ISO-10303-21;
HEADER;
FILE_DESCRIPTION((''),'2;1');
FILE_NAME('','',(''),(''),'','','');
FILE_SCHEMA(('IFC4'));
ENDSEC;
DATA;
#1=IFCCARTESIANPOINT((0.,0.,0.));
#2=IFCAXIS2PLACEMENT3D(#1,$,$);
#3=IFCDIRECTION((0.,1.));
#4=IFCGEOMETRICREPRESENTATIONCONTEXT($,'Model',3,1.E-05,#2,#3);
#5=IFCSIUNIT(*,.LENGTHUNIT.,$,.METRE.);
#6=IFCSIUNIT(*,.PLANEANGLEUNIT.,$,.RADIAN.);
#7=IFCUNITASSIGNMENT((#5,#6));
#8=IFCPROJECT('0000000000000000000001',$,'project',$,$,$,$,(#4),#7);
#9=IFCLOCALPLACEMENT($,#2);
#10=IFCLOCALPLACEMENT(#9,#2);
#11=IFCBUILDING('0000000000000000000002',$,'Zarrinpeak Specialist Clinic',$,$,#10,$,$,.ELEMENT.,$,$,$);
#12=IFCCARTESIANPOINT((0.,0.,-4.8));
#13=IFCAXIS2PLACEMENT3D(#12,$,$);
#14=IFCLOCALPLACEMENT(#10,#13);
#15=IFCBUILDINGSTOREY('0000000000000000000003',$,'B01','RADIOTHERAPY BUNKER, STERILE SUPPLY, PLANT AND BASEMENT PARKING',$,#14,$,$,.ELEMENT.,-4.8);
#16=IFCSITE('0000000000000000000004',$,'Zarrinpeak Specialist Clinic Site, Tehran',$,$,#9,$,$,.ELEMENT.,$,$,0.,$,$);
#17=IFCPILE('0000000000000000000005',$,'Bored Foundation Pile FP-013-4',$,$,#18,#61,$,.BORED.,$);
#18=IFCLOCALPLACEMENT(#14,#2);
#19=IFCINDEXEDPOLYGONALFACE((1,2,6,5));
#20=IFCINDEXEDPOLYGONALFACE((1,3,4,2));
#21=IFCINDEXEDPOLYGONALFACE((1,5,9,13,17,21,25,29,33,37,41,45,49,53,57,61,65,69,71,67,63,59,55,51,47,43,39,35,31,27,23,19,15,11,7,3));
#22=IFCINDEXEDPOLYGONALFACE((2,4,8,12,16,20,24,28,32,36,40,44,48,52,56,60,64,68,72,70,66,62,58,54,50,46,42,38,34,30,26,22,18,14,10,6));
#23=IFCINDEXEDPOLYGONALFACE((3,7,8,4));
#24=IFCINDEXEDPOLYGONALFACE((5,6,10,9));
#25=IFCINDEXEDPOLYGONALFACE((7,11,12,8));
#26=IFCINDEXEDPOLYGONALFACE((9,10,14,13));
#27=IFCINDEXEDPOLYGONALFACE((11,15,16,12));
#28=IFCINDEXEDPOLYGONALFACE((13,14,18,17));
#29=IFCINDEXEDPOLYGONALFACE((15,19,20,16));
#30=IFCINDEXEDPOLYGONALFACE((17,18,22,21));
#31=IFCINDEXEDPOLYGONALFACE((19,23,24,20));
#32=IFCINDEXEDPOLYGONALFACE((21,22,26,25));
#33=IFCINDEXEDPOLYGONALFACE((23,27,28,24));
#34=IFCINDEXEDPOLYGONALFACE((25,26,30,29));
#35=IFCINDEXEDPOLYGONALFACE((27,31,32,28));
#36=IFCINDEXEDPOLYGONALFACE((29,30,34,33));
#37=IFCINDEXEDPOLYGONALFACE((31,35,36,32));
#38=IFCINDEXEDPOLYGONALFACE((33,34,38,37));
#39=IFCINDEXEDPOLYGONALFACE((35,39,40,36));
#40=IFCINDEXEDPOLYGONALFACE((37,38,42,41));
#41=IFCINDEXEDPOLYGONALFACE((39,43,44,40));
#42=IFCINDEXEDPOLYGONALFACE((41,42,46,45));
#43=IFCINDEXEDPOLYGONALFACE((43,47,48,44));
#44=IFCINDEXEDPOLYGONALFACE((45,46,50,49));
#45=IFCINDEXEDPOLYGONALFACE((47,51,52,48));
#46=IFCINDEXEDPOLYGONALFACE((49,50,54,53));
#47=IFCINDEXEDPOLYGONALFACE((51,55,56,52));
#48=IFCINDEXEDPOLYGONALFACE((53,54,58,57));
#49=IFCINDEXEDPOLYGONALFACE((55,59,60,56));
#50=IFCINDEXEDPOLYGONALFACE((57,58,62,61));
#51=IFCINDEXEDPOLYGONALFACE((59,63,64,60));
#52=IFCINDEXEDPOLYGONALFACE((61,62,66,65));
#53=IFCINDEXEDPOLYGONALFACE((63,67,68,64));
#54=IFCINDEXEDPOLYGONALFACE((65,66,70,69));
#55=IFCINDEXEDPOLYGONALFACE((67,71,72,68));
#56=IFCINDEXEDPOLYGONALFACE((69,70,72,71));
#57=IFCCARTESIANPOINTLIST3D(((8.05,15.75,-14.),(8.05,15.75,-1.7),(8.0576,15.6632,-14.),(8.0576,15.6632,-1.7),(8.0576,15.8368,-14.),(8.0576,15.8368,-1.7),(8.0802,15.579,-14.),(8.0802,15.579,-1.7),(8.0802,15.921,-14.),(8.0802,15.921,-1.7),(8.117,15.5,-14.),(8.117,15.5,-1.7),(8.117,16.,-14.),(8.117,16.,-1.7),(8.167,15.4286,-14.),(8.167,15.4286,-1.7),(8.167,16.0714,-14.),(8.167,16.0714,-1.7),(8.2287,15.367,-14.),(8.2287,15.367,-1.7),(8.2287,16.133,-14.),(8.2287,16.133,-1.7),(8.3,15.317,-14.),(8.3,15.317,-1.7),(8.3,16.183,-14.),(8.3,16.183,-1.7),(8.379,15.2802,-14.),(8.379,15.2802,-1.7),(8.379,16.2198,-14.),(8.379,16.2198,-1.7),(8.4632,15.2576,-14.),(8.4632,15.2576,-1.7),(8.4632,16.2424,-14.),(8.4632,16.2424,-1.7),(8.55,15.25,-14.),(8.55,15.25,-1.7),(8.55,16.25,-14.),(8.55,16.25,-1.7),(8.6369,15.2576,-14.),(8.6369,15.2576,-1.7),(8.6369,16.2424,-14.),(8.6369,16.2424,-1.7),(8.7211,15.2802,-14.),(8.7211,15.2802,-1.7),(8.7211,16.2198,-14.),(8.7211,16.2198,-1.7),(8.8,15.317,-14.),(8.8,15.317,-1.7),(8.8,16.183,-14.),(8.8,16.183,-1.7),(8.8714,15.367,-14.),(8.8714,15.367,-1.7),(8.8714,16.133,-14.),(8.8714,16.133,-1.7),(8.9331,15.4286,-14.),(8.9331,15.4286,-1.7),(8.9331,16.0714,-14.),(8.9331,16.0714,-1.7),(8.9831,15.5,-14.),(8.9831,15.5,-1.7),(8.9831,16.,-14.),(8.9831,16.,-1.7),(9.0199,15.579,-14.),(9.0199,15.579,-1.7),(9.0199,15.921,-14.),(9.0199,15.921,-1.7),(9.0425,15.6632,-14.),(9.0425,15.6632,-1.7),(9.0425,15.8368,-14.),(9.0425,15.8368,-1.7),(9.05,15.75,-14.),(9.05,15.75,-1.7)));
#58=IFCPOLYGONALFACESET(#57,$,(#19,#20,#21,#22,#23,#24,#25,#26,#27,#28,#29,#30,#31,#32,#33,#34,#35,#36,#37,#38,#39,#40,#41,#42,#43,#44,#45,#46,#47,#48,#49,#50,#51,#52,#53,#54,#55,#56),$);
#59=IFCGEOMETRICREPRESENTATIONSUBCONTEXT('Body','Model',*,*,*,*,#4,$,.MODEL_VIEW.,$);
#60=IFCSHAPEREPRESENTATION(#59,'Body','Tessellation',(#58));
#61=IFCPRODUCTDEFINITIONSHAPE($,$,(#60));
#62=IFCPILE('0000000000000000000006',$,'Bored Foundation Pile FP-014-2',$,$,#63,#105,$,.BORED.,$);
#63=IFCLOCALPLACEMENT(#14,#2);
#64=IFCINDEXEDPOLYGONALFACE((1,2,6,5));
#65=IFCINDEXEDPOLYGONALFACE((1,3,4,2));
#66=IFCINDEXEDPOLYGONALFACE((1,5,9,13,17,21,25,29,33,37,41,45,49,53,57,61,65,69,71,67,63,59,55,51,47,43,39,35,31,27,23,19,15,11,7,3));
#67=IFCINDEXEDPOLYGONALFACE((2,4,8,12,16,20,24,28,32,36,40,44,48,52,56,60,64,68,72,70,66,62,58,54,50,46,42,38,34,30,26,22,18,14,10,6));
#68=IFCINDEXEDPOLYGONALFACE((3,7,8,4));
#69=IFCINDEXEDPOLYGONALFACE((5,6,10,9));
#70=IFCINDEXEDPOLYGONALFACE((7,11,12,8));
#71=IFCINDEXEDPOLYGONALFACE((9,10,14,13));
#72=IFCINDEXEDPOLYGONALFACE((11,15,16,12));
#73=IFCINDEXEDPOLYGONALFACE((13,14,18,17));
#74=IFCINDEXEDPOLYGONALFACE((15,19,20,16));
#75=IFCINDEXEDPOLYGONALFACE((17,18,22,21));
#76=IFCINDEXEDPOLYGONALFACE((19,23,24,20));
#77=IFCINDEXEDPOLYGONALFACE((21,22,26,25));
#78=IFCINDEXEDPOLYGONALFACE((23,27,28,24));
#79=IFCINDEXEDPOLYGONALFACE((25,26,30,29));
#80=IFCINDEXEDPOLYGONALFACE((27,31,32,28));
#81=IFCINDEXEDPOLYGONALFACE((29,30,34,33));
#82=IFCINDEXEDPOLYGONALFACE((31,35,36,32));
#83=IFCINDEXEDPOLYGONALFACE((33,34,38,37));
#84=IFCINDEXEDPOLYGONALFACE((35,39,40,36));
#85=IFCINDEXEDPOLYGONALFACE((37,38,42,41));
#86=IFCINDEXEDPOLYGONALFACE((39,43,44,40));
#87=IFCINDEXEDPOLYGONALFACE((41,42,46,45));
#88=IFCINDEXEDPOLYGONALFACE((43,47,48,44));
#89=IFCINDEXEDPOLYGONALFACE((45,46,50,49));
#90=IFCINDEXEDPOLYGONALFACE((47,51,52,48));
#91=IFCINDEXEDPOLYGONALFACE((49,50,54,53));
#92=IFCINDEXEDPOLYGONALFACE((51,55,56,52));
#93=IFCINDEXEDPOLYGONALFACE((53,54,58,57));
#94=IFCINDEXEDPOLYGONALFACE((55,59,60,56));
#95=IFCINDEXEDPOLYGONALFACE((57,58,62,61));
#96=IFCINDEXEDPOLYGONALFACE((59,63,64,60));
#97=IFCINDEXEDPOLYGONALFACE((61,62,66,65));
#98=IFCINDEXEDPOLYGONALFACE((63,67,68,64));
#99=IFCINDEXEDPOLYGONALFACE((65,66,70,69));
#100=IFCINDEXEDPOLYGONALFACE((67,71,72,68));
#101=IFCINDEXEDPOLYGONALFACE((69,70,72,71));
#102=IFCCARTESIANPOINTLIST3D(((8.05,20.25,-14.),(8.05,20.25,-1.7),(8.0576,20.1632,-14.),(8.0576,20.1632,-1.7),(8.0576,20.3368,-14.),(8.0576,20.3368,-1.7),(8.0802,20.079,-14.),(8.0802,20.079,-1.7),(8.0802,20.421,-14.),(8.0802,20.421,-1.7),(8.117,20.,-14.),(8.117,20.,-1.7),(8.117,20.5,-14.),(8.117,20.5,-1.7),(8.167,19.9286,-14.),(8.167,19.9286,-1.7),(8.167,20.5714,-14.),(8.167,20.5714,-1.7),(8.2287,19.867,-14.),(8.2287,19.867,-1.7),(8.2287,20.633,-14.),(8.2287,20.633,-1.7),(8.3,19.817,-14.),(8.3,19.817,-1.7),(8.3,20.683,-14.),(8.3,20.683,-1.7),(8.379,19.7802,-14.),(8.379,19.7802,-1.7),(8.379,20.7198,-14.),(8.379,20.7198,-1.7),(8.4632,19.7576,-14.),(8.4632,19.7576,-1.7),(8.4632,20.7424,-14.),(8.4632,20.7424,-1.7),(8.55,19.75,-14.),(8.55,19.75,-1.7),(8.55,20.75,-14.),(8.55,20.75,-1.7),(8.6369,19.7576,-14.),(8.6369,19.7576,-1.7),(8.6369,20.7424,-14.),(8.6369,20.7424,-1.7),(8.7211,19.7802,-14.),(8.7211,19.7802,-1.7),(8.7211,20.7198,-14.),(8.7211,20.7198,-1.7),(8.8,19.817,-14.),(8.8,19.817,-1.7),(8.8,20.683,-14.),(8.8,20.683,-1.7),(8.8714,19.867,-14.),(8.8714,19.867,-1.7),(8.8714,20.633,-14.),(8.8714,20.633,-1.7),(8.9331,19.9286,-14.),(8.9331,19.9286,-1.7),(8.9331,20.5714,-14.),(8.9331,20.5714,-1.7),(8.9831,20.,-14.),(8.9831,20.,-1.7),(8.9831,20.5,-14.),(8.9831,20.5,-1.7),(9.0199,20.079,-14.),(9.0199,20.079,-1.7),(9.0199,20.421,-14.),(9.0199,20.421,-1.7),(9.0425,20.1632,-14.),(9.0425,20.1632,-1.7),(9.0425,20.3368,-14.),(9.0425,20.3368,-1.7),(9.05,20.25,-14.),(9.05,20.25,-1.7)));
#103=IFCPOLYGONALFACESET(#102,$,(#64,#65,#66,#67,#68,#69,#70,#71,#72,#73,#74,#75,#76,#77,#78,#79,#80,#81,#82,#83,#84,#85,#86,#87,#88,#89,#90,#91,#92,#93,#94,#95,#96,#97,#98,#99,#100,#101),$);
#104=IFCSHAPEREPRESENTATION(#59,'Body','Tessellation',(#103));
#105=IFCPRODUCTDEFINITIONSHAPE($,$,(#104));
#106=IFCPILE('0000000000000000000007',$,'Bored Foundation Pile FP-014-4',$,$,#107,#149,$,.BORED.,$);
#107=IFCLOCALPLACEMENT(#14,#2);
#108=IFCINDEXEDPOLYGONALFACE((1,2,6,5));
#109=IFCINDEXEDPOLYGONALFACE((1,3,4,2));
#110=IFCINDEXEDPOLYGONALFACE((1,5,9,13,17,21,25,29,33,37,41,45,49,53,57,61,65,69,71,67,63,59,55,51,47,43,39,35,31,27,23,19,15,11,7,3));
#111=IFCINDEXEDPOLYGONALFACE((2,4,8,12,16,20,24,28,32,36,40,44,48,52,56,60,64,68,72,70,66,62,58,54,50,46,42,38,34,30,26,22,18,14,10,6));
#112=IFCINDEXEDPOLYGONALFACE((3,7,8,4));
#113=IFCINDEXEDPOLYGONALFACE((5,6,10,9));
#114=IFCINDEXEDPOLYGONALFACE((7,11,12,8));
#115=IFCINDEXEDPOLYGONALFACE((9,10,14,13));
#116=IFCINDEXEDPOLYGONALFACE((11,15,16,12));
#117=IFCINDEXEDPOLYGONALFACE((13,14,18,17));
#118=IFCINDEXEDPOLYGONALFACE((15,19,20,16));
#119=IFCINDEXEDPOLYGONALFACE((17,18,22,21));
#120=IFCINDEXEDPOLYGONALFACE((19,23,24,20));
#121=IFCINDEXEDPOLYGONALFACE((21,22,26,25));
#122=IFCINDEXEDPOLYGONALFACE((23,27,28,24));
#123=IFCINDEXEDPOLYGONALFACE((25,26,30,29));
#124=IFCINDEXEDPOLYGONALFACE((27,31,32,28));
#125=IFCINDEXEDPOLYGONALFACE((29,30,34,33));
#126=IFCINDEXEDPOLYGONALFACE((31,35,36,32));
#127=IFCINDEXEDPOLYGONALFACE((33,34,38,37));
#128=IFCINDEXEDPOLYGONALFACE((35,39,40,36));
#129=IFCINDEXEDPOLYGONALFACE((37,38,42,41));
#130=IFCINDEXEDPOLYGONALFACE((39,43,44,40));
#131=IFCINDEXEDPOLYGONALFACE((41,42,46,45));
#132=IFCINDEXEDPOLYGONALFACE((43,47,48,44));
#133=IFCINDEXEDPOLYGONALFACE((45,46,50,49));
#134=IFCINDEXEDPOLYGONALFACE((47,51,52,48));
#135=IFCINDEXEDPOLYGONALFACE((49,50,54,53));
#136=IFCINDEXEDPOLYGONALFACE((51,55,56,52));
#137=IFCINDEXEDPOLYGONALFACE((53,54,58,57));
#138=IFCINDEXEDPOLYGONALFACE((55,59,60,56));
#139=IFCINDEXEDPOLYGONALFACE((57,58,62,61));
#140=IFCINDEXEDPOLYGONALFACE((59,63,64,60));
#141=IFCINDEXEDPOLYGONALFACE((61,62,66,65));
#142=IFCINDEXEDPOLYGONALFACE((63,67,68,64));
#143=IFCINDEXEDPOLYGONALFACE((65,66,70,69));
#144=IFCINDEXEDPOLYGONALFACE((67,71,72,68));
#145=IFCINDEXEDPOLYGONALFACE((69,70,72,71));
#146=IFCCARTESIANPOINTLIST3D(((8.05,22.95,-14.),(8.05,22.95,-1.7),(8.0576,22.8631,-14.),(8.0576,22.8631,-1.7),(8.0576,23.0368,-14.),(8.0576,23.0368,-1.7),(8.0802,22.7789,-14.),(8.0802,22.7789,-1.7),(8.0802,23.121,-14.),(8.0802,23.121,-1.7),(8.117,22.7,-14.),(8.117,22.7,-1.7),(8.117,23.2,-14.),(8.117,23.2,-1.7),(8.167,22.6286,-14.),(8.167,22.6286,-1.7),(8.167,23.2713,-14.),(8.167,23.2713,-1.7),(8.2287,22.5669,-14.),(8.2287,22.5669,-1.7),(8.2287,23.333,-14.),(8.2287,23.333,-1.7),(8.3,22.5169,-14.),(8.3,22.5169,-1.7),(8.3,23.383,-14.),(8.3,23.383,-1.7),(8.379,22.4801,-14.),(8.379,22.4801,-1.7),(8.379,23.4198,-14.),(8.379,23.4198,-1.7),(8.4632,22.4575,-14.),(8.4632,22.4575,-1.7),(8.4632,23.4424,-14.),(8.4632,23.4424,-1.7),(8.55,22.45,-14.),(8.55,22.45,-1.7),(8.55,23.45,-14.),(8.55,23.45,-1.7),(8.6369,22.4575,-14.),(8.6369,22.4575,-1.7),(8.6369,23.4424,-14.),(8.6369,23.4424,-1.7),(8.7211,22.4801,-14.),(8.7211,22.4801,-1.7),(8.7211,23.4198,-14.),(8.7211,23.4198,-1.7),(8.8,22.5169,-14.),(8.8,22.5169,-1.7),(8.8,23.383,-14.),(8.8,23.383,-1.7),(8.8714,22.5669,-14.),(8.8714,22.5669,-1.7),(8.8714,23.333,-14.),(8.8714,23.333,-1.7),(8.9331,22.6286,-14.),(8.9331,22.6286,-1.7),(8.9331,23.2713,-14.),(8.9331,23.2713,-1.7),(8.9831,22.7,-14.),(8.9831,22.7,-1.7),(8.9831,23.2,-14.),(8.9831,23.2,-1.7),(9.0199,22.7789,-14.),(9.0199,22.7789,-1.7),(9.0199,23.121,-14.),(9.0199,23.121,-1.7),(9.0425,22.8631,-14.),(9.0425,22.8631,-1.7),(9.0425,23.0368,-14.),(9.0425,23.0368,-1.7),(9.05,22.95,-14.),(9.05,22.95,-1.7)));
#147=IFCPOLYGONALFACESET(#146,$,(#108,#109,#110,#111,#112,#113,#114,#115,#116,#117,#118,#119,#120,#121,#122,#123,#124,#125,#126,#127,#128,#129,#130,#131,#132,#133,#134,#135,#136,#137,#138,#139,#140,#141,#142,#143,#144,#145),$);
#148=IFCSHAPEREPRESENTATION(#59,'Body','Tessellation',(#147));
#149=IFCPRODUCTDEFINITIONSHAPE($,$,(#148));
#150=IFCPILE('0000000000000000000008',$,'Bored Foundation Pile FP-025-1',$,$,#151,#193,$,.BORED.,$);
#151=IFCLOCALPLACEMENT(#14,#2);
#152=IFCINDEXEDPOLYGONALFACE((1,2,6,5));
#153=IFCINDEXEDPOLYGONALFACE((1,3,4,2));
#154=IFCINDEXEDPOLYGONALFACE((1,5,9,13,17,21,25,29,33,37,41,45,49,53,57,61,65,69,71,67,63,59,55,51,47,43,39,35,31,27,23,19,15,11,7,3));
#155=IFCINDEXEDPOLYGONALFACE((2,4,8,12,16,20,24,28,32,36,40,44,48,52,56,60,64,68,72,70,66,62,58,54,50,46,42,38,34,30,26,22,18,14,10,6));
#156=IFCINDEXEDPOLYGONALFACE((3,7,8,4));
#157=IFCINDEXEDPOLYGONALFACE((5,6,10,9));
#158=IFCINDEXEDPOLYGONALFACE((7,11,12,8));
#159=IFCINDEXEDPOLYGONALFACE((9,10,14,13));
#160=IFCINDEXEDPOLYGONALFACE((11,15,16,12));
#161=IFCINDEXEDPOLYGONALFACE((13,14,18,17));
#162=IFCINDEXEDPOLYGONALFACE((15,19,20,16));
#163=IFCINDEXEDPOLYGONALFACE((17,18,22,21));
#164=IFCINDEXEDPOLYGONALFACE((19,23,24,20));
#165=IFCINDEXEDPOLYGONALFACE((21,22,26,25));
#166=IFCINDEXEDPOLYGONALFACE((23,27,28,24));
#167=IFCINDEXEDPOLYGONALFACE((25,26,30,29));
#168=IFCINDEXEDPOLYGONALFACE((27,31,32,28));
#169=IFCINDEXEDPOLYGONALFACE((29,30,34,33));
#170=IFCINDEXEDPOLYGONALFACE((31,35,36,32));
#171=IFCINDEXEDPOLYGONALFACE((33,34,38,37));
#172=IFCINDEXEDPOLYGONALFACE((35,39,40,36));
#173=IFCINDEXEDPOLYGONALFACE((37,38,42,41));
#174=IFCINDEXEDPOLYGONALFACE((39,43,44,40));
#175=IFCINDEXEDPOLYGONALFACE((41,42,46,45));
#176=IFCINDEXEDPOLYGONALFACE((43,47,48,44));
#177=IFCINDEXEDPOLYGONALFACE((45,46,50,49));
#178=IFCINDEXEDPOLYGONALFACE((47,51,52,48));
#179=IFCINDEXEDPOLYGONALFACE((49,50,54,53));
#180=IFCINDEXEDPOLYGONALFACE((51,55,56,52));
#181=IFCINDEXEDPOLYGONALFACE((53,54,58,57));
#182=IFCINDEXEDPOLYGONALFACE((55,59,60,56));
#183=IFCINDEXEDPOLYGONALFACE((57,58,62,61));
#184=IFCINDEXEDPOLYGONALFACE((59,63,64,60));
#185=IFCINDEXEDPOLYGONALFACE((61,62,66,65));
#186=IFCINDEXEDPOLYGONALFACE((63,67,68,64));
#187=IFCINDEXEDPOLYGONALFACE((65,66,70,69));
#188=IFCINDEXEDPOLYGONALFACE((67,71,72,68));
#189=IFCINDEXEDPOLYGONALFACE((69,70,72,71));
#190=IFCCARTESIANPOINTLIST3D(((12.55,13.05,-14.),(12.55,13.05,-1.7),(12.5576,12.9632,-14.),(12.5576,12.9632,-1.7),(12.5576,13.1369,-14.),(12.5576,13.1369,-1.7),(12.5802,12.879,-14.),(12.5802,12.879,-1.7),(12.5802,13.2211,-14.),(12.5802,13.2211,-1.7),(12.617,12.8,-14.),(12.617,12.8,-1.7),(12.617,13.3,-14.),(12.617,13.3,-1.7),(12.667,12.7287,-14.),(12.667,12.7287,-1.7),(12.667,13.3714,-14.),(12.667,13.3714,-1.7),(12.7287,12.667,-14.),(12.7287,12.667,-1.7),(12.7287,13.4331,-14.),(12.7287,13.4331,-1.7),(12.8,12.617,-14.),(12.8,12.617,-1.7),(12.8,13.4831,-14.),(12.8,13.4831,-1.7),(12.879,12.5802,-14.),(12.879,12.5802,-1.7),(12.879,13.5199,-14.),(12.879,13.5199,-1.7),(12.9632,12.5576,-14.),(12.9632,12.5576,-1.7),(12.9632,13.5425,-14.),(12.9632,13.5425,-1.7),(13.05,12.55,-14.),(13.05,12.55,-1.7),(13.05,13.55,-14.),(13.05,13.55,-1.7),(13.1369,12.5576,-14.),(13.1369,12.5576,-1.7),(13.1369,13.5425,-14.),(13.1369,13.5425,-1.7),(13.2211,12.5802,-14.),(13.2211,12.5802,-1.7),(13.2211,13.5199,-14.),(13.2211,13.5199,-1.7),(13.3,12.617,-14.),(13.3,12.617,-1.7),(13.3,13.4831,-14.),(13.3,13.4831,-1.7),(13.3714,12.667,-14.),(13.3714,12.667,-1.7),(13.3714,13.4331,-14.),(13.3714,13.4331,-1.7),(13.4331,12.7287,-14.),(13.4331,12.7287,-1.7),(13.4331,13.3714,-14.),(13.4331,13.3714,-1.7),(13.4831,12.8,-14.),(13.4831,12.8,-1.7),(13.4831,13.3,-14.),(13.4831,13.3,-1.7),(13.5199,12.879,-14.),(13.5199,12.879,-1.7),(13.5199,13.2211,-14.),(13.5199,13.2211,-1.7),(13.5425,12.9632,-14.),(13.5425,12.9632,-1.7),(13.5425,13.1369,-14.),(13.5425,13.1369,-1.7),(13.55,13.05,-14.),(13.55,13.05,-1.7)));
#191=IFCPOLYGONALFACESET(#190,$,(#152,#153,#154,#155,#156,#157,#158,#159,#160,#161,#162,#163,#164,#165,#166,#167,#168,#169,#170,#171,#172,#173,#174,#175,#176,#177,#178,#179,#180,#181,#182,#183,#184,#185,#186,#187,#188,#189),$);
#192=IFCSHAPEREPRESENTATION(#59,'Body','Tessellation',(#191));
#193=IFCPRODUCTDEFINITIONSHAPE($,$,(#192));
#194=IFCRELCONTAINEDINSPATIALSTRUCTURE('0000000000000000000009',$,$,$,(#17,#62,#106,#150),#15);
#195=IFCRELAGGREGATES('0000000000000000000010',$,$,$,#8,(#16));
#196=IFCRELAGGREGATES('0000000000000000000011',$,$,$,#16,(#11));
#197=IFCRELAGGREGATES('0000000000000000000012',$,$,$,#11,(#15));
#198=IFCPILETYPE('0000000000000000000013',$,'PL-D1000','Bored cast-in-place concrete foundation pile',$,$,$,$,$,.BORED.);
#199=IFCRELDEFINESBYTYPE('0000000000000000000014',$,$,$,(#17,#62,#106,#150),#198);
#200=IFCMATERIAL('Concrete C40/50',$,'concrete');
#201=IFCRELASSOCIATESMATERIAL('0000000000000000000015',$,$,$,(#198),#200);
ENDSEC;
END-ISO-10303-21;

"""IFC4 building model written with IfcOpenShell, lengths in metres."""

from ifc_helpers import new_model, si_unit, direction, frame, origin, origin_2d, place, context, subcontext, project, spatial, circle, extrude, material, material_profile, profile_set, type_object, element, save


model = new_model("IFC4")

# Units and contexts
model_context = context("Model", 3, precision=1e-05, world=origin(), true_north=direction((0.0, 1.0)))
body_context = subcontext(model_context, "Body", "Model", "MODEL_VIEW")
ifc_project = project(units=[si_unit("LENGTHUNIT", "METRE"), si_unit("PLANEANGLEUNIT", "RADIAN")], contexts=[model_context])

# Site, building, storey
site_placement = place(None, origin())
site = spatial("IfcSite", under=ifc_project, at=site_placement, Name="Zarrinpeak Specialist Clinic Site, Tehran", CompositionType="ELEMENT", RefElevation=0.0)
building_placement = place(site_placement, origin())
building = spatial("IfcBuilding", under=site, at=building_placement, Name="Zarrinpeak Specialist Clinic", CompositionType="ELEMENT")
storey_placement = place(building_placement, frame((0.0, 0.0, -4.8)))
storey = spatial("IfcBuildingStorey", under=building, at=storey_placement, Name="B01", Description="RADIOTHERAPY BUNKER, STERILE SUPPLY, PLANT AND BASEMENT PARKING", CompositionType="ELEMENT", Elevation=-4.8)

# Shared definitions
ifc_material_1 = material(Name="Concrete C40/50", Category="concrete")

# Piles
ifc_material_profile_1 = material_profile(ifc_material_1, circle(Radius=0.5, at=origin_2d()), Name="BORED PILE D1000")
ifc_profile_set_1 = profile_set([ifc_material_profile_1], Name="Concrete C40/50")
pile_type = type_object("IfcPileType", Name="PL-D1000", Description="Bored cast-in-place concrete foundation pile", PredefinedType="BORED", material=ifc_profile_set_1)
for number, where, z_axis, x_axis, name in (
    (1, (8.55, 15.75, -1.7), (0.0, 0.0, -1.0), (1.0, 0.0, 0.0), "Bored Foundation Pile FP-013-4"),
    (2, (8.55, 20.25, -1.7), (0.0, 0.0, -1.0), (1.0, 0.0, 0.0), "Bored Foundation Pile FP-014-2"),
    (3, (8.55, 22.95, -1.7), (0.0, 0.0, -1.0), (1.0, 0.0, 0.0), "Bored Foundation Pile FP-014-4"),
    (4, (13.05, 13.05, -1.7), (0.0, 0.0, -1.0), (1.0, 0.0, 0.0), "Bored Foundation Pile FP-025-1"),
):
    element("IfcPile", number, at=place(storey_placement, frame(where, z_axis=z_axis, x_axis=x_axis)), inside=storey, type_object=pile_type, Name=name, PredefinedType="BORED", context=body_context, shape_type="SweptSolid", body=[
        extrude(circle(Radius=0.5, at=origin_2d()), origin(), (0.0, 0.0, 1.0), 12.3),
    ])

save(model, "model.ifc")
